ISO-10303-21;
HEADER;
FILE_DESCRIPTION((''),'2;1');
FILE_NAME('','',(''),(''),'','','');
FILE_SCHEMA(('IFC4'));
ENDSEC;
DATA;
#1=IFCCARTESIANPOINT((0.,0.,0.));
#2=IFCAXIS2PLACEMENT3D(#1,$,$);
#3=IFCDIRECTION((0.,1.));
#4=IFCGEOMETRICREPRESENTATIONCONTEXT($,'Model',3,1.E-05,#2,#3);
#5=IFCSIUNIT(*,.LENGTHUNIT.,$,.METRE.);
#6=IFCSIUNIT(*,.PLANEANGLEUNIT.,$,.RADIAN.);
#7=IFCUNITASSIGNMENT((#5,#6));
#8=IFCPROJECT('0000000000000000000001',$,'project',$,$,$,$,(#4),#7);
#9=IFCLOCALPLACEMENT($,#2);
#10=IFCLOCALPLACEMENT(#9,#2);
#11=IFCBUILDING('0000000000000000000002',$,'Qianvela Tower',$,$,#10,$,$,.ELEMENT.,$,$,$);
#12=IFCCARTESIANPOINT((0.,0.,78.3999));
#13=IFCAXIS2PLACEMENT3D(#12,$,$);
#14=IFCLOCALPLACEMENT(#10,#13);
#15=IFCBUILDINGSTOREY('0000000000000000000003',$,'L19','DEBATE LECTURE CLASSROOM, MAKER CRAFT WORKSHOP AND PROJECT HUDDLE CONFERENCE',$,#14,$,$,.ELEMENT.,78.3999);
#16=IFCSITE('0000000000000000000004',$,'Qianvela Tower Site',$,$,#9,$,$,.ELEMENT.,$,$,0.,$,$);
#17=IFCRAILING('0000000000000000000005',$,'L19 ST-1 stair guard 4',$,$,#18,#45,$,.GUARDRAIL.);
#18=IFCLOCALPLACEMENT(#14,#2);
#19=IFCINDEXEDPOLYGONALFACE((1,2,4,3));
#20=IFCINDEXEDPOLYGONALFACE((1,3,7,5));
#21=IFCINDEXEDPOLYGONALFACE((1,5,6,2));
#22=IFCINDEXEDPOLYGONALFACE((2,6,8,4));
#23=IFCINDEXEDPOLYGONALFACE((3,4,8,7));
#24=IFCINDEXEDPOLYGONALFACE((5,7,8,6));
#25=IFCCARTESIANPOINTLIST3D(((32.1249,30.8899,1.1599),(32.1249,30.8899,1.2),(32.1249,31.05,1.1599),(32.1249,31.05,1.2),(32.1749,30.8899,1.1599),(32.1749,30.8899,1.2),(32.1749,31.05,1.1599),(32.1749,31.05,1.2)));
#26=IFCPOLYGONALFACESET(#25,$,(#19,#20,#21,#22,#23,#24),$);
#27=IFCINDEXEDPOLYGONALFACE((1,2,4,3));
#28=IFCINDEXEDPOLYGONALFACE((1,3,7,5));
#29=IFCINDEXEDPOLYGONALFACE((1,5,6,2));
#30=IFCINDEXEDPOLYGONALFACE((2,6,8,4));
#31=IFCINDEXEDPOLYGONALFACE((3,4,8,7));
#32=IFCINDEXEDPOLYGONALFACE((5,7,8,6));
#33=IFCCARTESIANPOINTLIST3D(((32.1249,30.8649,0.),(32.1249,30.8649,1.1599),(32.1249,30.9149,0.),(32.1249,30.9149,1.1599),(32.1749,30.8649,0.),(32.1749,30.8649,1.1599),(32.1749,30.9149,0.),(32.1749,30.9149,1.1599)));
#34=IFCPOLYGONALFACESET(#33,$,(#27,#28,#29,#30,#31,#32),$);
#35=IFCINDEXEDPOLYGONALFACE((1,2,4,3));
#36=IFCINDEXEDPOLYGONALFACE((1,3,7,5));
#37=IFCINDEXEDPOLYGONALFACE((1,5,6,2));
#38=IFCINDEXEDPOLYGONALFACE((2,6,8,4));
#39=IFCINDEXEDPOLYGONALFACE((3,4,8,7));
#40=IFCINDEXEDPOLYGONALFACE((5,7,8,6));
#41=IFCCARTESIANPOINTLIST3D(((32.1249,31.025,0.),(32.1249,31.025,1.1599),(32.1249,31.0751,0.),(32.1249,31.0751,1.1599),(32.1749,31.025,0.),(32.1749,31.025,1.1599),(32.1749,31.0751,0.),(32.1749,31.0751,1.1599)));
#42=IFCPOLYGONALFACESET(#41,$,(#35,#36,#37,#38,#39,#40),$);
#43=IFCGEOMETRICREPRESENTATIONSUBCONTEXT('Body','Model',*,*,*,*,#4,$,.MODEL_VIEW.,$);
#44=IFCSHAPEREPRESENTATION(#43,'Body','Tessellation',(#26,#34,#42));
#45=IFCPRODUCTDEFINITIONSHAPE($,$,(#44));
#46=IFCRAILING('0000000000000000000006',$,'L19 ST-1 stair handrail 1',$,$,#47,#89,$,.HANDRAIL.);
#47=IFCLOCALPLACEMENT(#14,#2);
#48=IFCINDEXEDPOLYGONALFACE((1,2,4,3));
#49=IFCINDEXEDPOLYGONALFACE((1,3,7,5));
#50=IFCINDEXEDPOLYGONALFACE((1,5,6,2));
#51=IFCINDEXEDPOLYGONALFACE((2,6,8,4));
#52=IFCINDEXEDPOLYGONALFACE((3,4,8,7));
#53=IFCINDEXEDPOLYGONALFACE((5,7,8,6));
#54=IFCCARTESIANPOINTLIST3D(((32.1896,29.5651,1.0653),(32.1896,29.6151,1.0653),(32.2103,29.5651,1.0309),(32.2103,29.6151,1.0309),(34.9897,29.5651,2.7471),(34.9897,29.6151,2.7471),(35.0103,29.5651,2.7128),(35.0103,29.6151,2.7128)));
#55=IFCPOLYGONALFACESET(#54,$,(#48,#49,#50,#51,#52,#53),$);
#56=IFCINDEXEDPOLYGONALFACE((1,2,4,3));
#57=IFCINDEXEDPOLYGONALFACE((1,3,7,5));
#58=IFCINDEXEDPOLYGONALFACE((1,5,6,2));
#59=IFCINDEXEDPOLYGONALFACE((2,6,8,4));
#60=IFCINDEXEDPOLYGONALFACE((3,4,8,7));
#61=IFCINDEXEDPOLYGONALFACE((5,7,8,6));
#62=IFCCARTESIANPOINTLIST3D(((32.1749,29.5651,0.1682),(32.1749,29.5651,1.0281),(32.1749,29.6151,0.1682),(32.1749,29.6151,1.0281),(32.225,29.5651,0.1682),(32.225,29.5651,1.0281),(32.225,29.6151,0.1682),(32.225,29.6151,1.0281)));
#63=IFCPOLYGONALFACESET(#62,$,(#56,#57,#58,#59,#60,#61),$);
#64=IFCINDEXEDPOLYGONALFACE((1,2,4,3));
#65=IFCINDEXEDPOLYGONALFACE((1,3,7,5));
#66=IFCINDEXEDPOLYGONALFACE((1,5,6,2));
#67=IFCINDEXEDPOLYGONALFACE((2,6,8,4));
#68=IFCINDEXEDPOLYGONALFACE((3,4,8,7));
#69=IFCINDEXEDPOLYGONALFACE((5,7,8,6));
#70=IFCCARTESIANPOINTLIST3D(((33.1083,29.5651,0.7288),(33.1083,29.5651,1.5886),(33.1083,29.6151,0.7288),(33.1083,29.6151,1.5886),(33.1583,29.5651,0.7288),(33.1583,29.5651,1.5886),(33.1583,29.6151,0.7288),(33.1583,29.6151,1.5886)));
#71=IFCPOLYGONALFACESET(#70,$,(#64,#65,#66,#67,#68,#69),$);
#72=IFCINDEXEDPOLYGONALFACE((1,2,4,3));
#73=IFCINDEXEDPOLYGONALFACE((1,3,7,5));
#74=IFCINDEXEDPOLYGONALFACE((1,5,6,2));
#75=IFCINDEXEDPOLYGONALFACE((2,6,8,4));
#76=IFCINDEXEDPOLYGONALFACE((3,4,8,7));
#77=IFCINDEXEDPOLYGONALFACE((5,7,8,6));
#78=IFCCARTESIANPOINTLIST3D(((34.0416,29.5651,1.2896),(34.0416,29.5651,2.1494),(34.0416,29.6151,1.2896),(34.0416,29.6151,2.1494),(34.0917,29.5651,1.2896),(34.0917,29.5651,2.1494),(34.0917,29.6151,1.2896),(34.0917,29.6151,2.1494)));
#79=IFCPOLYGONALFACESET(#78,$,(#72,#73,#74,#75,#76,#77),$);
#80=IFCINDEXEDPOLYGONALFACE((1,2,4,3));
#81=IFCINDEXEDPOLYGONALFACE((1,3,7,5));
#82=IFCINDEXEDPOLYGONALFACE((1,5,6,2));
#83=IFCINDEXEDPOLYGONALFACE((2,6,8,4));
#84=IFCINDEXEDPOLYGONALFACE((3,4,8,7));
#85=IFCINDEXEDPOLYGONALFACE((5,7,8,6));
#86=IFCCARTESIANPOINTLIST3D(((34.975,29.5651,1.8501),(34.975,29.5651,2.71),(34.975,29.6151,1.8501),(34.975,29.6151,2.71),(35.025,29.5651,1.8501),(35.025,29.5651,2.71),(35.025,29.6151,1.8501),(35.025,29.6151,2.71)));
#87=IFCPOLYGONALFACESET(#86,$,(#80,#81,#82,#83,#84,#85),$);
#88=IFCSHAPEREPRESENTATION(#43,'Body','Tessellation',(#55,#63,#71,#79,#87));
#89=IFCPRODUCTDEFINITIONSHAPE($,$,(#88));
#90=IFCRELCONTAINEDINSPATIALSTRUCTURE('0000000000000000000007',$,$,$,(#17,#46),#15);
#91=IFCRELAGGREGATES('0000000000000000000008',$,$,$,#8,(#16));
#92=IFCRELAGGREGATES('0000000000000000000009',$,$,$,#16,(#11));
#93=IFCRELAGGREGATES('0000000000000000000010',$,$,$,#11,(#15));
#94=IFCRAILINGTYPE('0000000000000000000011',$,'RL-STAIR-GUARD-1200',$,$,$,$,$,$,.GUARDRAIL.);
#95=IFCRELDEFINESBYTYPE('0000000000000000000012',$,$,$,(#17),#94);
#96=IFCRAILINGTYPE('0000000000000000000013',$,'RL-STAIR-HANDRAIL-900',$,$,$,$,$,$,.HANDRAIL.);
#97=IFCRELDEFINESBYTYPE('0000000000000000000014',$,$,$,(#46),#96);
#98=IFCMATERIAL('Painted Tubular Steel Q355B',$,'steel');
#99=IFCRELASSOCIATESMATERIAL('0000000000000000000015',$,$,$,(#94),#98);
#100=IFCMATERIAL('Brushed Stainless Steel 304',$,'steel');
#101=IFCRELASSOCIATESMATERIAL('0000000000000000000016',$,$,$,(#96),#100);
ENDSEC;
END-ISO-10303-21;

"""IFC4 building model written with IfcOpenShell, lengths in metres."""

from ifc_helpers import new_model, si_unit, direction, frame, origin, origin_2d, place, context, subcontext, project, spatial, rectangle, extrude, material, type_object, element, save


model = new_model("IFC4")

# Units and contexts
model_context = context("Model", 3, precision=1e-05, world=origin(), true_north=direction((0.0, 1.0)))
body_context = subcontext(model_context, "Body", "Model", "MODEL_VIEW")
ifc_project = project(units=[si_unit("LENGTHUNIT", "METRE"), si_unit("PLANEANGLEUNIT", "RADIAN")], contexts=[model_context])

# Site, building, storey
site_placement = place(None, origin())
site = spatial("IfcSite", under=ifc_project, at=site_placement, Name="Qianvela Tower Site", CompositionType="ELEMENT", RefElevation=0.0)
building_placement = place(site_placement, origin())
building = spatial("IfcBuilding", under=site, at=building_placement, Name="Qianvela Tower", CompositionType="ELEMENT")
storey_placement = place(building_placement, frame((0.0, 0.0, 78.3999)))
storey = spatial("IfcBuildingStorey", under=building, at=storey_placement, Name="L19", Description="DEBATE LECTURE CLASSROOM, MAKER CRAFT WORKSHOP AND PROJECT HUDDLE CONFERENCE", CompositionType="ELEMENT", Elevation=78.3999)

# Railings
ifc_material_1 = material(Name="Painted Tubular Steel Q355B", Category="steel")
railing_type_1 = type_object("IfcRailingType", Name="RL-STAIR-GUARD-1200", PredefinedType="GUARDRAIL", material=ifc_material_1)
railing_1_placement = place(storey_placement, frame((32.1499, 30.8899, 0.0)))
element("IfcRailing", 1, at=railing_1_placement, inside=storey, type_object=railing_type_1, Name="L19 ST-1 stair guard 4", PredefinedType="GUARDRAIL", context=body_context, shape_type="SweptSolid", body=[
    extrude(rectangle(XDim=0.05, YDim=0.04, at=origin_2d()), frame((0.0, 0.0, 1.1799), z_axis=(0.0, 1.0, 0.0), x_axis=(-1.0, 0.0, 0.0)), (0.0, 0.0, 1.0), 0.1602),
    extrude(rectangle(XDim=0.05, YDim=0.05, at=origin_2d()), origin(), (0.0, 0.0, 1.0), 1.1599),
    extrude(rectangle(XDim=0.05, YDim=0.05, at=origin_2d()), frame((0.0, 0.1602, 0.0)), (0.0, 0.0, 1.0), 1.1599),
])
ifc_material_2 = material(Name="Brushed Stainless Steel 304", Category="steel")
railing_type_2 = type_object("IfcRailingType", Name="RL-STAIR-HANDRAIL-900", PredefinedType="HANDRAIL", material=ifc_material_2)
railing_2_placement = place(storey_placement, frame((32.2, 29.5901, 0.1682)))
element("IfcRailing", 2, at=railing_2_placement, inside=storey, type_object=railing_type_2, Name="L19 ST-1 stair handrail 1", PredefinedType="HANDRAIL", context=body_context, shape_type="SweptSolid", body=[
    extrude(rectangle(XDim=0.05, YDim=0.04, at=origin_2d()), frame((0.0, 0.0, 0.8799), z_axis=(0.857242, 0.0, 0.514913), x_axis=(0.0, 1.0, 0.0)), (0.0, 0.0, 1.0), 3.2664),
    extrude(rectangle(XDim=0.05, YDim=0.05, at=origin_2d()), origin(), (0.0, 0.0, 1.0), 0.8599),
    extrude(rectangle(XDim=0.05, YDim=0.05, at=origin_2d()), frame((0.9333, 0.0, 0.5605)), (0.0, 0.0, 1.0), 0.8599),
    extrude(rectangle(XDim=0.05, YDim=0.05, at=origin_2d()), frame((1.8667, 0.0, 1.1213)), (0.0, 0.0, 1.0), 0.8599),
    extrude(rectangle(XDim=0.05, YDim=0.05, at=origin_2d()), frame((2.8, 0.0, 1.6819)), (0.0, 0.0, 1.0), 0.8599),
])

save(model, "model.ifc")
